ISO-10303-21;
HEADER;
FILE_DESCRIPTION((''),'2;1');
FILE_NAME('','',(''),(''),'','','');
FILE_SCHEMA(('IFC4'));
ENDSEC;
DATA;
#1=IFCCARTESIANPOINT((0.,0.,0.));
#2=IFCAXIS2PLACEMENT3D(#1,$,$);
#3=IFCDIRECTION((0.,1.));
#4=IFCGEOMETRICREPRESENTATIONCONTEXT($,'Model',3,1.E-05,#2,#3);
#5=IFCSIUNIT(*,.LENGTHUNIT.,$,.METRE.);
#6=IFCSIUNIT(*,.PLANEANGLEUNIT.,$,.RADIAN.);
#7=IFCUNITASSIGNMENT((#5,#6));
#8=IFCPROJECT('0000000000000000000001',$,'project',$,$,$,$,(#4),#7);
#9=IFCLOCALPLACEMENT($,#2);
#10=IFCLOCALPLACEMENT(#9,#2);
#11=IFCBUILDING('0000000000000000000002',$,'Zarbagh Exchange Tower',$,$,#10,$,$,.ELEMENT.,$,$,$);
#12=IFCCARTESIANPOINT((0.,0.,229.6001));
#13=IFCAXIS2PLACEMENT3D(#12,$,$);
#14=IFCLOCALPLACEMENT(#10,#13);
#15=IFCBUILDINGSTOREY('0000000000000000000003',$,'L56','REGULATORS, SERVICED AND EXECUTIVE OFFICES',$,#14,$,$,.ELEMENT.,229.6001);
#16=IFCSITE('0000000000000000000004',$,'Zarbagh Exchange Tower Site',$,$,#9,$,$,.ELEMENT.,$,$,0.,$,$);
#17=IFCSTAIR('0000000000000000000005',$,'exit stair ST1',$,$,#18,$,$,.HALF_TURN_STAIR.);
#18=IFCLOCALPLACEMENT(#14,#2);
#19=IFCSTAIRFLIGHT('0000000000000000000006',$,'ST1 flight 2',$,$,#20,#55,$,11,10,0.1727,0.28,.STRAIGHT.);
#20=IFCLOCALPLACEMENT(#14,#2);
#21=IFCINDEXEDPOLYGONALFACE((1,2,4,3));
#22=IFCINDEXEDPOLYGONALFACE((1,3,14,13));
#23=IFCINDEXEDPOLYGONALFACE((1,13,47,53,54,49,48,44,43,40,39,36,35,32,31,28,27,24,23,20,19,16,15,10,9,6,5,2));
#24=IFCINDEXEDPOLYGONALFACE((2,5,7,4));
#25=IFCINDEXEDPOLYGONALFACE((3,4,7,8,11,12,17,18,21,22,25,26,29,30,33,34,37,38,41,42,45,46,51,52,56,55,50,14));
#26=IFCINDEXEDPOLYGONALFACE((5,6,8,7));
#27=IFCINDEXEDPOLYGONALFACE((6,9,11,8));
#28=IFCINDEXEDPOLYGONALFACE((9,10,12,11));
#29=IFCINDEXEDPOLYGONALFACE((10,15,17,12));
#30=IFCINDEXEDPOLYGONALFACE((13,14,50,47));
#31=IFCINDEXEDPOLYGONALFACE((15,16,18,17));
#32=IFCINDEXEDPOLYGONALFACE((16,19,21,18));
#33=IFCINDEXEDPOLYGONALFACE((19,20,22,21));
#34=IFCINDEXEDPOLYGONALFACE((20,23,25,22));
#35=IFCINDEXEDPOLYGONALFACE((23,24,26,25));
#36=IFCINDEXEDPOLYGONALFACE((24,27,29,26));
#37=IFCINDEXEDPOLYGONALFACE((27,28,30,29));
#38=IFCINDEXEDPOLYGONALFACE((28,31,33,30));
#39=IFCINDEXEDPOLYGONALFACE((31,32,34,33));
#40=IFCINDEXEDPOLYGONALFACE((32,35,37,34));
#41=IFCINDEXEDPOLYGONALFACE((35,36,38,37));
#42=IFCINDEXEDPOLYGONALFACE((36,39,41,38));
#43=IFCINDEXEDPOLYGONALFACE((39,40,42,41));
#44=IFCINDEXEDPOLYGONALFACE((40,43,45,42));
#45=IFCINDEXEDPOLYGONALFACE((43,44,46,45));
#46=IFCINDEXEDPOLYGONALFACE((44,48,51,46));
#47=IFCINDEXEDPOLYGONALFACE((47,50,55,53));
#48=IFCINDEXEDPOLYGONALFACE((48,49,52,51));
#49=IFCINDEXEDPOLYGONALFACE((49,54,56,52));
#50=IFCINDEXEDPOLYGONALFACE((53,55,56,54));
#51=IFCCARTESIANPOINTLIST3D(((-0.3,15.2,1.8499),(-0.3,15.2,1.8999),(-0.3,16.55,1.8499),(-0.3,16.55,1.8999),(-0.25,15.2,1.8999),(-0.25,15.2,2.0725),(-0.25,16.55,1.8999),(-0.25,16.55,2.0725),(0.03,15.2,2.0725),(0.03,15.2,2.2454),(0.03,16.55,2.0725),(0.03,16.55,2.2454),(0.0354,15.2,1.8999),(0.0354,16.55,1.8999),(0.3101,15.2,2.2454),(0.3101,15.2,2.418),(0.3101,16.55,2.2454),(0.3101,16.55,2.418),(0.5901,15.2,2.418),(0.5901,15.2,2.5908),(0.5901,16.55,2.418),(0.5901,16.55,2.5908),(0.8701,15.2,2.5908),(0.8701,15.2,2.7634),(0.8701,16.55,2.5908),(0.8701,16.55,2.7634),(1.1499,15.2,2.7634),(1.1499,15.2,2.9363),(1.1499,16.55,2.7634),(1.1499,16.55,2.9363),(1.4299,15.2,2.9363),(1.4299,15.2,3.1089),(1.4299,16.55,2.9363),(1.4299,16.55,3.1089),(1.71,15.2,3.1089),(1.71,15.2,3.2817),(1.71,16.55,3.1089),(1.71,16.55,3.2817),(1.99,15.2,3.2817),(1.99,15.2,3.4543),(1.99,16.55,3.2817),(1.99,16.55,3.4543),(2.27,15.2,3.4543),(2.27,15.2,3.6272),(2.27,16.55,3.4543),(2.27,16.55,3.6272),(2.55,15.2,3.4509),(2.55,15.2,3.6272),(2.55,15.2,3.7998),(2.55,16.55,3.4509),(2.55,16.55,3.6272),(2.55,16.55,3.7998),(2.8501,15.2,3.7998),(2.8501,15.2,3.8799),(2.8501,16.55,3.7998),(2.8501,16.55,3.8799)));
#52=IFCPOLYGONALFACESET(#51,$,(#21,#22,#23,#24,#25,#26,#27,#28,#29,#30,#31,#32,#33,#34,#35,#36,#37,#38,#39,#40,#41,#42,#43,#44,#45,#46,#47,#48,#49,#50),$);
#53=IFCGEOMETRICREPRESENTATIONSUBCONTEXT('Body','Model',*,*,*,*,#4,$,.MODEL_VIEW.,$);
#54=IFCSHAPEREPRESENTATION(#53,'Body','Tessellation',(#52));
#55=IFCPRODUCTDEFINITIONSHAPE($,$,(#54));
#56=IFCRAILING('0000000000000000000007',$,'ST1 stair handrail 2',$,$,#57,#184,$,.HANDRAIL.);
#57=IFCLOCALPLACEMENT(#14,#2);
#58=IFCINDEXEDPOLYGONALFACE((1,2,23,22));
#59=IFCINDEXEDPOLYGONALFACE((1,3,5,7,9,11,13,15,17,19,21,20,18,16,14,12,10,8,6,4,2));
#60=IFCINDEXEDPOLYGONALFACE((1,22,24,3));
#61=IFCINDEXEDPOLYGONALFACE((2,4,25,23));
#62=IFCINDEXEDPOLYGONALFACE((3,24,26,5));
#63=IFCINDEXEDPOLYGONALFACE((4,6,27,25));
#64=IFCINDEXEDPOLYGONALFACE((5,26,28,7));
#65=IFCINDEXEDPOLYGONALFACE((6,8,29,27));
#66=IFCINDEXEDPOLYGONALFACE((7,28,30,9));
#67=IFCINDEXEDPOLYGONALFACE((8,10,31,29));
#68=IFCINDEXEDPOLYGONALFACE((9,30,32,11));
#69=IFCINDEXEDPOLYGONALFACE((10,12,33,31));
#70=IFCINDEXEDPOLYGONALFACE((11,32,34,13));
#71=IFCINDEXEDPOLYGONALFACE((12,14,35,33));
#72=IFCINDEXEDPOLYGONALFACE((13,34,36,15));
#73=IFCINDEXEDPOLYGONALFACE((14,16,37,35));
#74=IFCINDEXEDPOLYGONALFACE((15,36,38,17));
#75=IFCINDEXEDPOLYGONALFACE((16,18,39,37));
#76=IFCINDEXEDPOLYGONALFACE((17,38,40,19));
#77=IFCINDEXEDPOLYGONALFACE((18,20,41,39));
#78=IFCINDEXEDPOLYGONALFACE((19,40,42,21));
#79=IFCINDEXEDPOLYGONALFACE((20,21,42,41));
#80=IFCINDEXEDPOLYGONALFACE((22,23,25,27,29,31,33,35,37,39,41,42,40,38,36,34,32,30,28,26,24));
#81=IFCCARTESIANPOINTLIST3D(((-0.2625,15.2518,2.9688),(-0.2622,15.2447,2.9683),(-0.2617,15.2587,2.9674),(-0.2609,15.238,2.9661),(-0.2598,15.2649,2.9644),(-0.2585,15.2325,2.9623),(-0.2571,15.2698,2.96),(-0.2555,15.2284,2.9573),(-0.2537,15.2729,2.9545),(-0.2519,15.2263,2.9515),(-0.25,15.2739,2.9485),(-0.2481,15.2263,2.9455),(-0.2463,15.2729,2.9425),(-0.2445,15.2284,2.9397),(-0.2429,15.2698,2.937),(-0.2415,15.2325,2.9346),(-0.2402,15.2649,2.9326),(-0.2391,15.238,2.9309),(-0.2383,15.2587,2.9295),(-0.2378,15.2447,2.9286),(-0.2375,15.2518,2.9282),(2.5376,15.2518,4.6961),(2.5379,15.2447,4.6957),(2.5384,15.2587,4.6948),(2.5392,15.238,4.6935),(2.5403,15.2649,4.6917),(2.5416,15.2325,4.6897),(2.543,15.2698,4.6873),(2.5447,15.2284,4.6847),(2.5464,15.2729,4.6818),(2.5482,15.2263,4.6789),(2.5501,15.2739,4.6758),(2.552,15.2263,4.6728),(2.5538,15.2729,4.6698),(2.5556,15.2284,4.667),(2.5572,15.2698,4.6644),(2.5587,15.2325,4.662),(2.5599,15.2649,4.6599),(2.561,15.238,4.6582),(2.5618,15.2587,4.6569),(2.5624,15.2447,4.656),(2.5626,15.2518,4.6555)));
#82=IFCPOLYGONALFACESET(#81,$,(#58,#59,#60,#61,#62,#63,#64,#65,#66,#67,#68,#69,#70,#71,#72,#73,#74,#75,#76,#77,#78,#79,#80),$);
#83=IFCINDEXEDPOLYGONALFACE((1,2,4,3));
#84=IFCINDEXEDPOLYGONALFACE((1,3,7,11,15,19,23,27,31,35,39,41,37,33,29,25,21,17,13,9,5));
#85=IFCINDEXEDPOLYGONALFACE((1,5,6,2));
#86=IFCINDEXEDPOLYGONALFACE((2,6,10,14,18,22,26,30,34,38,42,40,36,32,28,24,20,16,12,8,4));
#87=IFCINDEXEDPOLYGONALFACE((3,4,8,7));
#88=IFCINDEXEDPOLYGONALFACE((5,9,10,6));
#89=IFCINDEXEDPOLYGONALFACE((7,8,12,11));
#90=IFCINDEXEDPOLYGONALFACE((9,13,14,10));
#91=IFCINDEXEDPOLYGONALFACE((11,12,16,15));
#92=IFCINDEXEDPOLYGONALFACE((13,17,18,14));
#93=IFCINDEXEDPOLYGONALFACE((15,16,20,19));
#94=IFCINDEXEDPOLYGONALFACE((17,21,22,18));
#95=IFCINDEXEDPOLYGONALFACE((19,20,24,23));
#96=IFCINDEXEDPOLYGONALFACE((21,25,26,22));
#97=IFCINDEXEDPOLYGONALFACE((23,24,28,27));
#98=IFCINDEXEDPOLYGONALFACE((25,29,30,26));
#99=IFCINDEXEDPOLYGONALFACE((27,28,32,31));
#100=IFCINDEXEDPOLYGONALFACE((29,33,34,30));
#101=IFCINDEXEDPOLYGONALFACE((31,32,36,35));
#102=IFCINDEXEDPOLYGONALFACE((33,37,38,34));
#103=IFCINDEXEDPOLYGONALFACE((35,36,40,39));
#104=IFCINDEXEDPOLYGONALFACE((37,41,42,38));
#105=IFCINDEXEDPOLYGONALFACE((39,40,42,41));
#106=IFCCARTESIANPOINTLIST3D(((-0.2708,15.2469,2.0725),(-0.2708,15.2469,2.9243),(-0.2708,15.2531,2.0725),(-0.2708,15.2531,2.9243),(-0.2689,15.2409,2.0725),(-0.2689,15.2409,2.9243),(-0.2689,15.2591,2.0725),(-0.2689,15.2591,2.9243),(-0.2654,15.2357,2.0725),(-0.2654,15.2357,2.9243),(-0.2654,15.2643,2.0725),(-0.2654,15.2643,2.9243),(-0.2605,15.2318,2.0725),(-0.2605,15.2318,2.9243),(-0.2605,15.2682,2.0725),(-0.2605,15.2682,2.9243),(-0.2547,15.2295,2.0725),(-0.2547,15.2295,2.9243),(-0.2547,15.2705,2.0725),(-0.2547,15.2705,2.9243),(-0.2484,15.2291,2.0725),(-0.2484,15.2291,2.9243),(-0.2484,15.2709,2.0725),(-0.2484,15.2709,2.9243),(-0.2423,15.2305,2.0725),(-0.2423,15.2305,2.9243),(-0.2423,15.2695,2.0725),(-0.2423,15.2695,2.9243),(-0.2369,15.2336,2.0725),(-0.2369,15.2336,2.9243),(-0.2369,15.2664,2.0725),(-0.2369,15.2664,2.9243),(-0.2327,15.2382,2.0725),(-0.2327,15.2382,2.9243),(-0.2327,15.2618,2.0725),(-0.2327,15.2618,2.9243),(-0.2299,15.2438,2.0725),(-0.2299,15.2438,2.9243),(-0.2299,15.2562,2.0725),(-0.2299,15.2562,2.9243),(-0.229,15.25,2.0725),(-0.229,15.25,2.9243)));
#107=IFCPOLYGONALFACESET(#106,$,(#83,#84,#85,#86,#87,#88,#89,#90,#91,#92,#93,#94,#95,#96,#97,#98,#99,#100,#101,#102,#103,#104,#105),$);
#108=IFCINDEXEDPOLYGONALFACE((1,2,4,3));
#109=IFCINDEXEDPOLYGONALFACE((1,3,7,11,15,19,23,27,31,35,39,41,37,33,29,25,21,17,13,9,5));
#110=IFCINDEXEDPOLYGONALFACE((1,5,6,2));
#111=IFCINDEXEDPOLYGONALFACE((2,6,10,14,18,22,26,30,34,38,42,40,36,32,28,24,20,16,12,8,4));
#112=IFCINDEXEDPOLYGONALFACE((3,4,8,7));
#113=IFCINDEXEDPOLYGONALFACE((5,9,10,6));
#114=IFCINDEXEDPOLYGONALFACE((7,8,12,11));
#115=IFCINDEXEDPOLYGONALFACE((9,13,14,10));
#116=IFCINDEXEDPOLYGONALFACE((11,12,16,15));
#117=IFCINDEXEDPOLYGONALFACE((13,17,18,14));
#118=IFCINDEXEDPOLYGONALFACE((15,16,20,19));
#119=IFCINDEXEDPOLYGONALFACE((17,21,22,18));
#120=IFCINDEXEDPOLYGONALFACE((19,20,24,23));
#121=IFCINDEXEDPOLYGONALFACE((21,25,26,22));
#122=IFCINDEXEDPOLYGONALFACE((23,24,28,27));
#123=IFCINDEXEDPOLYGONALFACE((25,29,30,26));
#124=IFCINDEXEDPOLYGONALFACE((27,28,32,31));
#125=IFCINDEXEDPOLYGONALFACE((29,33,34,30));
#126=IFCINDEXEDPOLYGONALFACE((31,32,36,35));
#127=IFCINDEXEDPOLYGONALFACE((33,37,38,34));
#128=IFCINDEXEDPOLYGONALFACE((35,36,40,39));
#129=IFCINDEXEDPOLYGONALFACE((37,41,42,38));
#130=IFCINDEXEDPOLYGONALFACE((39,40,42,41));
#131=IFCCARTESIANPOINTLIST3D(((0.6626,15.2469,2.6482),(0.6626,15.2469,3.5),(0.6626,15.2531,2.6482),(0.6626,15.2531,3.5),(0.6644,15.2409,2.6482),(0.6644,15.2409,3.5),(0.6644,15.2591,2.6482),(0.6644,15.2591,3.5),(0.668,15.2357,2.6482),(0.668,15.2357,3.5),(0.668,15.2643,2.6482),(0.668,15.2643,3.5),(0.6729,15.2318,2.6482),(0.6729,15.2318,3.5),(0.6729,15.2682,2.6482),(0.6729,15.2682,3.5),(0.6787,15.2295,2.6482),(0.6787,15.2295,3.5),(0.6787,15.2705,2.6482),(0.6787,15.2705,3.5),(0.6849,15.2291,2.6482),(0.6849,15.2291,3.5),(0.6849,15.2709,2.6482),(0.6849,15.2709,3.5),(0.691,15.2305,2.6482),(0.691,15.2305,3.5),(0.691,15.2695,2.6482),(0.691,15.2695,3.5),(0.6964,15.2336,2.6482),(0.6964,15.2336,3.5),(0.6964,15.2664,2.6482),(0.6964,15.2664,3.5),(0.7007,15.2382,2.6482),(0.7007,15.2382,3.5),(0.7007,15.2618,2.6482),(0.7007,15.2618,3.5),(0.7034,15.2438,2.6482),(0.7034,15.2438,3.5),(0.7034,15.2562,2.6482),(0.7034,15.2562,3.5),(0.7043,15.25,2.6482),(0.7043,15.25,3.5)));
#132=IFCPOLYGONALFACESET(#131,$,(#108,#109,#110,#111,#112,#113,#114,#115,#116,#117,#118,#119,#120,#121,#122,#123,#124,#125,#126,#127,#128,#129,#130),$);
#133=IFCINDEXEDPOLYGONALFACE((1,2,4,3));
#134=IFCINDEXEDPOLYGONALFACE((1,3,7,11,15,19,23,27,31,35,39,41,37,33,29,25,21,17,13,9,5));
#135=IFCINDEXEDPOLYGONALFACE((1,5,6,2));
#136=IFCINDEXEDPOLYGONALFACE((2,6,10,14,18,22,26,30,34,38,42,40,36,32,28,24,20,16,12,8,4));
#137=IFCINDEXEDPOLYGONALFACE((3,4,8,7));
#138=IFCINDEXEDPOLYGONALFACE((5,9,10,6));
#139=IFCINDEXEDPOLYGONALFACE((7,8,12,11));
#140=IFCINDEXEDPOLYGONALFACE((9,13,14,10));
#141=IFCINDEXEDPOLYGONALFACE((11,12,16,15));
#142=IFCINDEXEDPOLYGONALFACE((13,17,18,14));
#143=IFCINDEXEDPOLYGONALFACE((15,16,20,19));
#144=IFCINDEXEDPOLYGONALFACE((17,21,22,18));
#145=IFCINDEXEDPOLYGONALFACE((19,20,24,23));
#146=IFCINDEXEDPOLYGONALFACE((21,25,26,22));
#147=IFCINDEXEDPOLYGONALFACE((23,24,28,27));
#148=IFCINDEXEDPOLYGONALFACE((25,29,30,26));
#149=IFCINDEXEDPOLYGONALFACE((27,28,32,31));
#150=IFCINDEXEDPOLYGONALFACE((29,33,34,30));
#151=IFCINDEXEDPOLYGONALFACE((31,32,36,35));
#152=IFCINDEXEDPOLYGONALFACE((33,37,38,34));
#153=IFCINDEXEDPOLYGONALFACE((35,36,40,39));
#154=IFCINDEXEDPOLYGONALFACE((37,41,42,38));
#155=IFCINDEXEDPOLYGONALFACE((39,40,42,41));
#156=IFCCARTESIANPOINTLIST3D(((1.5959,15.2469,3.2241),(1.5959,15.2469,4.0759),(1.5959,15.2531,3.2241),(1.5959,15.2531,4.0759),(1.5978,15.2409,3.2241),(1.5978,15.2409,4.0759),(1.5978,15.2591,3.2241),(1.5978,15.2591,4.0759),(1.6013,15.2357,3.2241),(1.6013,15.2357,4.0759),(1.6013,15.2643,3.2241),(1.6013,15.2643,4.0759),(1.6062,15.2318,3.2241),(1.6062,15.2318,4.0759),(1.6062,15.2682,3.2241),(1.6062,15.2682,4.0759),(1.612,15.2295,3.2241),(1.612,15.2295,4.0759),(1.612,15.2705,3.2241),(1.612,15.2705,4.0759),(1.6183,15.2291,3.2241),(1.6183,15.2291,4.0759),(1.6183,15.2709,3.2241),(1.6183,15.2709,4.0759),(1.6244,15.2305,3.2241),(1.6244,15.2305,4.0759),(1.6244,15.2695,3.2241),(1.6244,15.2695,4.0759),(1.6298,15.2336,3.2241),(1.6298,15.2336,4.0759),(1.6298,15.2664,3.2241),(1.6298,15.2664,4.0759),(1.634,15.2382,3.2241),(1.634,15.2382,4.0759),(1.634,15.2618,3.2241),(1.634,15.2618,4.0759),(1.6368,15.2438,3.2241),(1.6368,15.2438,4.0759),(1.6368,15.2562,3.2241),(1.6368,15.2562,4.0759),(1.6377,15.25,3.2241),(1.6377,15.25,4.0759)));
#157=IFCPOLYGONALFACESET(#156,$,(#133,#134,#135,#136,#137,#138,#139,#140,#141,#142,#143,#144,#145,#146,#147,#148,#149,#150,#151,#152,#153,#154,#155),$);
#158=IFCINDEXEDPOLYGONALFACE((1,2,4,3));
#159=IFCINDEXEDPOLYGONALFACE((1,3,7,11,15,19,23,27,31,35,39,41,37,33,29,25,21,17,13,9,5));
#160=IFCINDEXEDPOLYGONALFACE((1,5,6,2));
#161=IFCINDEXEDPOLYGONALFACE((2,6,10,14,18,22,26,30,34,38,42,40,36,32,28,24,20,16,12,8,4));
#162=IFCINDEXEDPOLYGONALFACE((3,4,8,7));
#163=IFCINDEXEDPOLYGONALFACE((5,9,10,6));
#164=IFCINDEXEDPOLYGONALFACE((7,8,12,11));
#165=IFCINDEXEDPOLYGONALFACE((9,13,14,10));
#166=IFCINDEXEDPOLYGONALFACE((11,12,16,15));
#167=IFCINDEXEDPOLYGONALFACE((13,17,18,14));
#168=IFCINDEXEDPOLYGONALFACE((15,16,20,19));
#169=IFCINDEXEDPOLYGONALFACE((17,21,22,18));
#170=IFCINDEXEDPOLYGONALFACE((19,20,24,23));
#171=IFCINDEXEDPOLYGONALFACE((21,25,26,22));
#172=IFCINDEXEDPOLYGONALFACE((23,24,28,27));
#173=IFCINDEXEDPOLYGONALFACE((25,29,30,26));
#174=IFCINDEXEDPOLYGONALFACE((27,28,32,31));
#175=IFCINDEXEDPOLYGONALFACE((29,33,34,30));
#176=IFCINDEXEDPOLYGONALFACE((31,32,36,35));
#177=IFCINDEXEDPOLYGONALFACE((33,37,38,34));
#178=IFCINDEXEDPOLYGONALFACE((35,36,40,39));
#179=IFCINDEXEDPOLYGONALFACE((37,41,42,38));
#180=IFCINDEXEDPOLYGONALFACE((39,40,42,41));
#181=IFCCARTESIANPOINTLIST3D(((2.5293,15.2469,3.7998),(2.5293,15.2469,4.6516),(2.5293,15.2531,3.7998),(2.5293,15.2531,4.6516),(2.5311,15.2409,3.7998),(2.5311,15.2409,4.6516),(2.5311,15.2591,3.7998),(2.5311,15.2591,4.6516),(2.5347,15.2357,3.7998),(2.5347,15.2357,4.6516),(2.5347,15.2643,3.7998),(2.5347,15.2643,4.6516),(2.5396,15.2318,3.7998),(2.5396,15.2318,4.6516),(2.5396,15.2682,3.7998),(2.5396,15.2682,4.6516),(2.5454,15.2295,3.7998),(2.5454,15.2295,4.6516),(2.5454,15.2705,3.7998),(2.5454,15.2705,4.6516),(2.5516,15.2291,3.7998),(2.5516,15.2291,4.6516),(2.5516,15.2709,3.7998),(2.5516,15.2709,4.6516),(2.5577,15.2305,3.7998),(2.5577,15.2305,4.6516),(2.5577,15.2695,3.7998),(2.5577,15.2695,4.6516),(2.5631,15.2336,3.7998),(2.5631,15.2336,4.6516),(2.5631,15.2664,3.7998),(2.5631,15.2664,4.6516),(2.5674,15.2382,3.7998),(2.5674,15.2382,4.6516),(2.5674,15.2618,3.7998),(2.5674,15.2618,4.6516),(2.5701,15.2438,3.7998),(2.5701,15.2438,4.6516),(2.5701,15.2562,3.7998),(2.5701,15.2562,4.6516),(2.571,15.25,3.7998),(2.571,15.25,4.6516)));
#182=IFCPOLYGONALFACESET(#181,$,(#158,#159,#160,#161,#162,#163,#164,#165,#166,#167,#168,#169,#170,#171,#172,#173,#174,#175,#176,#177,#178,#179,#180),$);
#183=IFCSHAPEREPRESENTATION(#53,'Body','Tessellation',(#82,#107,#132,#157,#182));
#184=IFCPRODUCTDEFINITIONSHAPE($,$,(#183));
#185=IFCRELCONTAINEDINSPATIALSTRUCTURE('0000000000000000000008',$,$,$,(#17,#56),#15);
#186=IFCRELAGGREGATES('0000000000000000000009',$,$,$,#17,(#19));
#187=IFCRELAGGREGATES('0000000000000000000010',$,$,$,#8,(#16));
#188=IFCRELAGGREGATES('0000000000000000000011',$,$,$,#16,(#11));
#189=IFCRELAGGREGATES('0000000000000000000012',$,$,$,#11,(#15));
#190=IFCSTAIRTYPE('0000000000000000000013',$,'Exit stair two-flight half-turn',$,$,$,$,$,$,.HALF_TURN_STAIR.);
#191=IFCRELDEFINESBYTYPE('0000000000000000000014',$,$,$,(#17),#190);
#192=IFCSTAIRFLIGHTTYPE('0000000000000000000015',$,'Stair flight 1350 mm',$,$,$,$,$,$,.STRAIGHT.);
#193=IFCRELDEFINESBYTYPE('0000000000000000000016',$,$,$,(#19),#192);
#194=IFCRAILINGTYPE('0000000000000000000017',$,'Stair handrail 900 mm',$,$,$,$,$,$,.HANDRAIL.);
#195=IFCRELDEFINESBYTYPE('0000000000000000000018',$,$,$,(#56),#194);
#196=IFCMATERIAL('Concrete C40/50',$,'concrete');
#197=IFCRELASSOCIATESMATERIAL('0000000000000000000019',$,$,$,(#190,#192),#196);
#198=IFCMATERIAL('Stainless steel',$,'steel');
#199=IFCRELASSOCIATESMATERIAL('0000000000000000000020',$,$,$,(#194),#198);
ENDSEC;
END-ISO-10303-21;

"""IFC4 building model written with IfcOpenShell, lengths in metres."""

from ifc_helpers import new_model, si_unit, direction, frame, origin, origin_2d, place, context, subcontext, project, spatial, polyline, circle, outline, extrude, material, type_object, element, aggregate, save


model = new_model("IFC4")

# Units and contexts
model_context = context("Model", 3, precision=1e-05, world=origin(), true_north=direction((0.0, 1.0)))
body_context = subcontext(model_context, "Body", "Model", "MODEL_VIEW")
ifc_project = project(units=[si_unit("LENGTHUNIT", "METRE"), si_unit("PLANEANGLEUNIT", "RADIAN")], contexts=[model_context])

# Site, building, storey
site_placement = place(None, origin())
site = spatial("IfcSite", under=ifc_project, at=site_placement, Name="Zarbagh Exchange Tower Site", CompositionType="ELEMENT", RefElevation=0.0)
building_placement = place(site_placement, origin())
building = spatial("IfcBuilding", under=site, at=building_placement, Name="Zarbagh Exchange Tower", CompositionType="ELEMENT")
storey_placement = place(building_placement, frame((0.0, 0.0, 229.6001)))
storey = spatial("IfcBuildingStorey", under=building, at=storey_placement, Name="L56", Description="REGULATORS, SERVICED AND EXECUTIVE OFFICES", CompositionType="ELEMENT", Elevation=229.6001)

# Stair, stair flight
ifc_material_1 = material(Name="Concrete C40/50", Category="concrete")
stair_type = type_object("IfcStairType", Name="Exit stair two-flight half-turn", PredefinedType="HALF_TURN_STAIR", material=ifc_material_1)
stair_placement = place(storey_placement, origin())
stair = element("IfcStair", 1, at=stair_placement, inside=storey, type_object=stair_type, Name="exit stair ST1", PredefinedType="HALF_TURN_STAIR")
stair_flight_type = type_object("IfcStairFlightType", Name="Stair flight 1350 mm", PredefinedType="STRAIGHT", material=ifc_material_1)
stair_flight_placement = place(storey_placement, frame((-0.25, 15.875, 1.8999), z_axis=(0.0, 0.0, 1.0), x_axis=(1.0, 0.0, 0.0)))
stair_flight = element("IfcStairFlight", 2, at=stair_flight_placement, type_object=stair_flight_type, Name="ST1 flight 2", NumberOfRisers=11, NumberOfTreads=10, PredefinedType="STRAIGHT", RiserHeight=0.1727, TreadLength=0.28, context=body_context, shape_type="SweptSolid", body=[
    extrude(outline(polyline([(-0.05, -0.05), (-0.05, 0.0), (0.0, 0.0), (0.0, 0.1726), (0.28, 0.1726), (0.28, 0.3455), (0.5601, 0.3455), (0.5601, 0.5181), (0.8401, 0.5181), (0.8401, 0.6909), (1.1201, 0.6909), (1.1201, 0.8635), (1.3999, 0.8635), (1.3999, 1.0364), (1.6799, 1.0364), (1.6799, 1.209), (1.96, 1.209), (1.96, 1.3818), (2.24, 1.3818), (2.24, 1.5544), (2.52, 1.5544), (2.52, 1.7273), (2.8, 1.7273), (2.8, 1.8999), (3.1001, 1.98), (3.1001, 1.8999), (2.8, 1.551), (0.2854, 0.0), (-0.05, -0.05)])), frame((0.0, 0.675, 0.0), z_axis=(0.0, -1.0, 0.0), x_axis=(1.0, 0.0, 0.0)), (0.0, 0.0, 1.0), 1.3501),
])
aggregate(stair, [stair_flight])

# Railing
ifc_material_2 = material(Name="Stainless steel", Category="steel")
railing_type = type_object("IfcRailingType", Name="Stair handrail 900 mm", PredefinedType="HANDRAIL", material=ifc_material_2)
railing_placement = place(storey_placement, frame((-0.25, 15.25, 2.0725)))
element("IfcRailing", 3, at=railing_placement, inside=storey, type_object=railing_type, Name="ST1 stair handrail 2", PredefinedType="HANDRAIL", context=body_context, shape_type="SweptSolid", body=[
    extrude(circle(Radius=0.0239, at=origin_2d()), frame((0.0, 0.0, 0.876), z_axis=(0.85109, 0.0, 0.52502), x_axis=(0.0, 1.0, 0.0)), (0.0, 0.0, 1.0), 3.29),
    extrude(circle(Radius=0.021, at=origin_2d()), origin(), (0.0, 0.0, 1.0), 0.8518),
    extrude(circle(Radius=0.021, at=origin_2d()), frame((0.9333, 0.0, 0.5757)), (0.0, 0.0, 1.0), 0.8518),
    extrude(circle(Radius=0.021, at=origin_2d()), frame((1.8667, 0.0, 1.1516)), (0.0, 0.0, 1.0), 0.8518),
    extrude(circle(Radius=0.021, at=origin_2d()), frame((2.8, 0.0, 1.7273)), (0.0, 0.0, 1.0), 0.8518),
])

save(model, "model.ifc")
